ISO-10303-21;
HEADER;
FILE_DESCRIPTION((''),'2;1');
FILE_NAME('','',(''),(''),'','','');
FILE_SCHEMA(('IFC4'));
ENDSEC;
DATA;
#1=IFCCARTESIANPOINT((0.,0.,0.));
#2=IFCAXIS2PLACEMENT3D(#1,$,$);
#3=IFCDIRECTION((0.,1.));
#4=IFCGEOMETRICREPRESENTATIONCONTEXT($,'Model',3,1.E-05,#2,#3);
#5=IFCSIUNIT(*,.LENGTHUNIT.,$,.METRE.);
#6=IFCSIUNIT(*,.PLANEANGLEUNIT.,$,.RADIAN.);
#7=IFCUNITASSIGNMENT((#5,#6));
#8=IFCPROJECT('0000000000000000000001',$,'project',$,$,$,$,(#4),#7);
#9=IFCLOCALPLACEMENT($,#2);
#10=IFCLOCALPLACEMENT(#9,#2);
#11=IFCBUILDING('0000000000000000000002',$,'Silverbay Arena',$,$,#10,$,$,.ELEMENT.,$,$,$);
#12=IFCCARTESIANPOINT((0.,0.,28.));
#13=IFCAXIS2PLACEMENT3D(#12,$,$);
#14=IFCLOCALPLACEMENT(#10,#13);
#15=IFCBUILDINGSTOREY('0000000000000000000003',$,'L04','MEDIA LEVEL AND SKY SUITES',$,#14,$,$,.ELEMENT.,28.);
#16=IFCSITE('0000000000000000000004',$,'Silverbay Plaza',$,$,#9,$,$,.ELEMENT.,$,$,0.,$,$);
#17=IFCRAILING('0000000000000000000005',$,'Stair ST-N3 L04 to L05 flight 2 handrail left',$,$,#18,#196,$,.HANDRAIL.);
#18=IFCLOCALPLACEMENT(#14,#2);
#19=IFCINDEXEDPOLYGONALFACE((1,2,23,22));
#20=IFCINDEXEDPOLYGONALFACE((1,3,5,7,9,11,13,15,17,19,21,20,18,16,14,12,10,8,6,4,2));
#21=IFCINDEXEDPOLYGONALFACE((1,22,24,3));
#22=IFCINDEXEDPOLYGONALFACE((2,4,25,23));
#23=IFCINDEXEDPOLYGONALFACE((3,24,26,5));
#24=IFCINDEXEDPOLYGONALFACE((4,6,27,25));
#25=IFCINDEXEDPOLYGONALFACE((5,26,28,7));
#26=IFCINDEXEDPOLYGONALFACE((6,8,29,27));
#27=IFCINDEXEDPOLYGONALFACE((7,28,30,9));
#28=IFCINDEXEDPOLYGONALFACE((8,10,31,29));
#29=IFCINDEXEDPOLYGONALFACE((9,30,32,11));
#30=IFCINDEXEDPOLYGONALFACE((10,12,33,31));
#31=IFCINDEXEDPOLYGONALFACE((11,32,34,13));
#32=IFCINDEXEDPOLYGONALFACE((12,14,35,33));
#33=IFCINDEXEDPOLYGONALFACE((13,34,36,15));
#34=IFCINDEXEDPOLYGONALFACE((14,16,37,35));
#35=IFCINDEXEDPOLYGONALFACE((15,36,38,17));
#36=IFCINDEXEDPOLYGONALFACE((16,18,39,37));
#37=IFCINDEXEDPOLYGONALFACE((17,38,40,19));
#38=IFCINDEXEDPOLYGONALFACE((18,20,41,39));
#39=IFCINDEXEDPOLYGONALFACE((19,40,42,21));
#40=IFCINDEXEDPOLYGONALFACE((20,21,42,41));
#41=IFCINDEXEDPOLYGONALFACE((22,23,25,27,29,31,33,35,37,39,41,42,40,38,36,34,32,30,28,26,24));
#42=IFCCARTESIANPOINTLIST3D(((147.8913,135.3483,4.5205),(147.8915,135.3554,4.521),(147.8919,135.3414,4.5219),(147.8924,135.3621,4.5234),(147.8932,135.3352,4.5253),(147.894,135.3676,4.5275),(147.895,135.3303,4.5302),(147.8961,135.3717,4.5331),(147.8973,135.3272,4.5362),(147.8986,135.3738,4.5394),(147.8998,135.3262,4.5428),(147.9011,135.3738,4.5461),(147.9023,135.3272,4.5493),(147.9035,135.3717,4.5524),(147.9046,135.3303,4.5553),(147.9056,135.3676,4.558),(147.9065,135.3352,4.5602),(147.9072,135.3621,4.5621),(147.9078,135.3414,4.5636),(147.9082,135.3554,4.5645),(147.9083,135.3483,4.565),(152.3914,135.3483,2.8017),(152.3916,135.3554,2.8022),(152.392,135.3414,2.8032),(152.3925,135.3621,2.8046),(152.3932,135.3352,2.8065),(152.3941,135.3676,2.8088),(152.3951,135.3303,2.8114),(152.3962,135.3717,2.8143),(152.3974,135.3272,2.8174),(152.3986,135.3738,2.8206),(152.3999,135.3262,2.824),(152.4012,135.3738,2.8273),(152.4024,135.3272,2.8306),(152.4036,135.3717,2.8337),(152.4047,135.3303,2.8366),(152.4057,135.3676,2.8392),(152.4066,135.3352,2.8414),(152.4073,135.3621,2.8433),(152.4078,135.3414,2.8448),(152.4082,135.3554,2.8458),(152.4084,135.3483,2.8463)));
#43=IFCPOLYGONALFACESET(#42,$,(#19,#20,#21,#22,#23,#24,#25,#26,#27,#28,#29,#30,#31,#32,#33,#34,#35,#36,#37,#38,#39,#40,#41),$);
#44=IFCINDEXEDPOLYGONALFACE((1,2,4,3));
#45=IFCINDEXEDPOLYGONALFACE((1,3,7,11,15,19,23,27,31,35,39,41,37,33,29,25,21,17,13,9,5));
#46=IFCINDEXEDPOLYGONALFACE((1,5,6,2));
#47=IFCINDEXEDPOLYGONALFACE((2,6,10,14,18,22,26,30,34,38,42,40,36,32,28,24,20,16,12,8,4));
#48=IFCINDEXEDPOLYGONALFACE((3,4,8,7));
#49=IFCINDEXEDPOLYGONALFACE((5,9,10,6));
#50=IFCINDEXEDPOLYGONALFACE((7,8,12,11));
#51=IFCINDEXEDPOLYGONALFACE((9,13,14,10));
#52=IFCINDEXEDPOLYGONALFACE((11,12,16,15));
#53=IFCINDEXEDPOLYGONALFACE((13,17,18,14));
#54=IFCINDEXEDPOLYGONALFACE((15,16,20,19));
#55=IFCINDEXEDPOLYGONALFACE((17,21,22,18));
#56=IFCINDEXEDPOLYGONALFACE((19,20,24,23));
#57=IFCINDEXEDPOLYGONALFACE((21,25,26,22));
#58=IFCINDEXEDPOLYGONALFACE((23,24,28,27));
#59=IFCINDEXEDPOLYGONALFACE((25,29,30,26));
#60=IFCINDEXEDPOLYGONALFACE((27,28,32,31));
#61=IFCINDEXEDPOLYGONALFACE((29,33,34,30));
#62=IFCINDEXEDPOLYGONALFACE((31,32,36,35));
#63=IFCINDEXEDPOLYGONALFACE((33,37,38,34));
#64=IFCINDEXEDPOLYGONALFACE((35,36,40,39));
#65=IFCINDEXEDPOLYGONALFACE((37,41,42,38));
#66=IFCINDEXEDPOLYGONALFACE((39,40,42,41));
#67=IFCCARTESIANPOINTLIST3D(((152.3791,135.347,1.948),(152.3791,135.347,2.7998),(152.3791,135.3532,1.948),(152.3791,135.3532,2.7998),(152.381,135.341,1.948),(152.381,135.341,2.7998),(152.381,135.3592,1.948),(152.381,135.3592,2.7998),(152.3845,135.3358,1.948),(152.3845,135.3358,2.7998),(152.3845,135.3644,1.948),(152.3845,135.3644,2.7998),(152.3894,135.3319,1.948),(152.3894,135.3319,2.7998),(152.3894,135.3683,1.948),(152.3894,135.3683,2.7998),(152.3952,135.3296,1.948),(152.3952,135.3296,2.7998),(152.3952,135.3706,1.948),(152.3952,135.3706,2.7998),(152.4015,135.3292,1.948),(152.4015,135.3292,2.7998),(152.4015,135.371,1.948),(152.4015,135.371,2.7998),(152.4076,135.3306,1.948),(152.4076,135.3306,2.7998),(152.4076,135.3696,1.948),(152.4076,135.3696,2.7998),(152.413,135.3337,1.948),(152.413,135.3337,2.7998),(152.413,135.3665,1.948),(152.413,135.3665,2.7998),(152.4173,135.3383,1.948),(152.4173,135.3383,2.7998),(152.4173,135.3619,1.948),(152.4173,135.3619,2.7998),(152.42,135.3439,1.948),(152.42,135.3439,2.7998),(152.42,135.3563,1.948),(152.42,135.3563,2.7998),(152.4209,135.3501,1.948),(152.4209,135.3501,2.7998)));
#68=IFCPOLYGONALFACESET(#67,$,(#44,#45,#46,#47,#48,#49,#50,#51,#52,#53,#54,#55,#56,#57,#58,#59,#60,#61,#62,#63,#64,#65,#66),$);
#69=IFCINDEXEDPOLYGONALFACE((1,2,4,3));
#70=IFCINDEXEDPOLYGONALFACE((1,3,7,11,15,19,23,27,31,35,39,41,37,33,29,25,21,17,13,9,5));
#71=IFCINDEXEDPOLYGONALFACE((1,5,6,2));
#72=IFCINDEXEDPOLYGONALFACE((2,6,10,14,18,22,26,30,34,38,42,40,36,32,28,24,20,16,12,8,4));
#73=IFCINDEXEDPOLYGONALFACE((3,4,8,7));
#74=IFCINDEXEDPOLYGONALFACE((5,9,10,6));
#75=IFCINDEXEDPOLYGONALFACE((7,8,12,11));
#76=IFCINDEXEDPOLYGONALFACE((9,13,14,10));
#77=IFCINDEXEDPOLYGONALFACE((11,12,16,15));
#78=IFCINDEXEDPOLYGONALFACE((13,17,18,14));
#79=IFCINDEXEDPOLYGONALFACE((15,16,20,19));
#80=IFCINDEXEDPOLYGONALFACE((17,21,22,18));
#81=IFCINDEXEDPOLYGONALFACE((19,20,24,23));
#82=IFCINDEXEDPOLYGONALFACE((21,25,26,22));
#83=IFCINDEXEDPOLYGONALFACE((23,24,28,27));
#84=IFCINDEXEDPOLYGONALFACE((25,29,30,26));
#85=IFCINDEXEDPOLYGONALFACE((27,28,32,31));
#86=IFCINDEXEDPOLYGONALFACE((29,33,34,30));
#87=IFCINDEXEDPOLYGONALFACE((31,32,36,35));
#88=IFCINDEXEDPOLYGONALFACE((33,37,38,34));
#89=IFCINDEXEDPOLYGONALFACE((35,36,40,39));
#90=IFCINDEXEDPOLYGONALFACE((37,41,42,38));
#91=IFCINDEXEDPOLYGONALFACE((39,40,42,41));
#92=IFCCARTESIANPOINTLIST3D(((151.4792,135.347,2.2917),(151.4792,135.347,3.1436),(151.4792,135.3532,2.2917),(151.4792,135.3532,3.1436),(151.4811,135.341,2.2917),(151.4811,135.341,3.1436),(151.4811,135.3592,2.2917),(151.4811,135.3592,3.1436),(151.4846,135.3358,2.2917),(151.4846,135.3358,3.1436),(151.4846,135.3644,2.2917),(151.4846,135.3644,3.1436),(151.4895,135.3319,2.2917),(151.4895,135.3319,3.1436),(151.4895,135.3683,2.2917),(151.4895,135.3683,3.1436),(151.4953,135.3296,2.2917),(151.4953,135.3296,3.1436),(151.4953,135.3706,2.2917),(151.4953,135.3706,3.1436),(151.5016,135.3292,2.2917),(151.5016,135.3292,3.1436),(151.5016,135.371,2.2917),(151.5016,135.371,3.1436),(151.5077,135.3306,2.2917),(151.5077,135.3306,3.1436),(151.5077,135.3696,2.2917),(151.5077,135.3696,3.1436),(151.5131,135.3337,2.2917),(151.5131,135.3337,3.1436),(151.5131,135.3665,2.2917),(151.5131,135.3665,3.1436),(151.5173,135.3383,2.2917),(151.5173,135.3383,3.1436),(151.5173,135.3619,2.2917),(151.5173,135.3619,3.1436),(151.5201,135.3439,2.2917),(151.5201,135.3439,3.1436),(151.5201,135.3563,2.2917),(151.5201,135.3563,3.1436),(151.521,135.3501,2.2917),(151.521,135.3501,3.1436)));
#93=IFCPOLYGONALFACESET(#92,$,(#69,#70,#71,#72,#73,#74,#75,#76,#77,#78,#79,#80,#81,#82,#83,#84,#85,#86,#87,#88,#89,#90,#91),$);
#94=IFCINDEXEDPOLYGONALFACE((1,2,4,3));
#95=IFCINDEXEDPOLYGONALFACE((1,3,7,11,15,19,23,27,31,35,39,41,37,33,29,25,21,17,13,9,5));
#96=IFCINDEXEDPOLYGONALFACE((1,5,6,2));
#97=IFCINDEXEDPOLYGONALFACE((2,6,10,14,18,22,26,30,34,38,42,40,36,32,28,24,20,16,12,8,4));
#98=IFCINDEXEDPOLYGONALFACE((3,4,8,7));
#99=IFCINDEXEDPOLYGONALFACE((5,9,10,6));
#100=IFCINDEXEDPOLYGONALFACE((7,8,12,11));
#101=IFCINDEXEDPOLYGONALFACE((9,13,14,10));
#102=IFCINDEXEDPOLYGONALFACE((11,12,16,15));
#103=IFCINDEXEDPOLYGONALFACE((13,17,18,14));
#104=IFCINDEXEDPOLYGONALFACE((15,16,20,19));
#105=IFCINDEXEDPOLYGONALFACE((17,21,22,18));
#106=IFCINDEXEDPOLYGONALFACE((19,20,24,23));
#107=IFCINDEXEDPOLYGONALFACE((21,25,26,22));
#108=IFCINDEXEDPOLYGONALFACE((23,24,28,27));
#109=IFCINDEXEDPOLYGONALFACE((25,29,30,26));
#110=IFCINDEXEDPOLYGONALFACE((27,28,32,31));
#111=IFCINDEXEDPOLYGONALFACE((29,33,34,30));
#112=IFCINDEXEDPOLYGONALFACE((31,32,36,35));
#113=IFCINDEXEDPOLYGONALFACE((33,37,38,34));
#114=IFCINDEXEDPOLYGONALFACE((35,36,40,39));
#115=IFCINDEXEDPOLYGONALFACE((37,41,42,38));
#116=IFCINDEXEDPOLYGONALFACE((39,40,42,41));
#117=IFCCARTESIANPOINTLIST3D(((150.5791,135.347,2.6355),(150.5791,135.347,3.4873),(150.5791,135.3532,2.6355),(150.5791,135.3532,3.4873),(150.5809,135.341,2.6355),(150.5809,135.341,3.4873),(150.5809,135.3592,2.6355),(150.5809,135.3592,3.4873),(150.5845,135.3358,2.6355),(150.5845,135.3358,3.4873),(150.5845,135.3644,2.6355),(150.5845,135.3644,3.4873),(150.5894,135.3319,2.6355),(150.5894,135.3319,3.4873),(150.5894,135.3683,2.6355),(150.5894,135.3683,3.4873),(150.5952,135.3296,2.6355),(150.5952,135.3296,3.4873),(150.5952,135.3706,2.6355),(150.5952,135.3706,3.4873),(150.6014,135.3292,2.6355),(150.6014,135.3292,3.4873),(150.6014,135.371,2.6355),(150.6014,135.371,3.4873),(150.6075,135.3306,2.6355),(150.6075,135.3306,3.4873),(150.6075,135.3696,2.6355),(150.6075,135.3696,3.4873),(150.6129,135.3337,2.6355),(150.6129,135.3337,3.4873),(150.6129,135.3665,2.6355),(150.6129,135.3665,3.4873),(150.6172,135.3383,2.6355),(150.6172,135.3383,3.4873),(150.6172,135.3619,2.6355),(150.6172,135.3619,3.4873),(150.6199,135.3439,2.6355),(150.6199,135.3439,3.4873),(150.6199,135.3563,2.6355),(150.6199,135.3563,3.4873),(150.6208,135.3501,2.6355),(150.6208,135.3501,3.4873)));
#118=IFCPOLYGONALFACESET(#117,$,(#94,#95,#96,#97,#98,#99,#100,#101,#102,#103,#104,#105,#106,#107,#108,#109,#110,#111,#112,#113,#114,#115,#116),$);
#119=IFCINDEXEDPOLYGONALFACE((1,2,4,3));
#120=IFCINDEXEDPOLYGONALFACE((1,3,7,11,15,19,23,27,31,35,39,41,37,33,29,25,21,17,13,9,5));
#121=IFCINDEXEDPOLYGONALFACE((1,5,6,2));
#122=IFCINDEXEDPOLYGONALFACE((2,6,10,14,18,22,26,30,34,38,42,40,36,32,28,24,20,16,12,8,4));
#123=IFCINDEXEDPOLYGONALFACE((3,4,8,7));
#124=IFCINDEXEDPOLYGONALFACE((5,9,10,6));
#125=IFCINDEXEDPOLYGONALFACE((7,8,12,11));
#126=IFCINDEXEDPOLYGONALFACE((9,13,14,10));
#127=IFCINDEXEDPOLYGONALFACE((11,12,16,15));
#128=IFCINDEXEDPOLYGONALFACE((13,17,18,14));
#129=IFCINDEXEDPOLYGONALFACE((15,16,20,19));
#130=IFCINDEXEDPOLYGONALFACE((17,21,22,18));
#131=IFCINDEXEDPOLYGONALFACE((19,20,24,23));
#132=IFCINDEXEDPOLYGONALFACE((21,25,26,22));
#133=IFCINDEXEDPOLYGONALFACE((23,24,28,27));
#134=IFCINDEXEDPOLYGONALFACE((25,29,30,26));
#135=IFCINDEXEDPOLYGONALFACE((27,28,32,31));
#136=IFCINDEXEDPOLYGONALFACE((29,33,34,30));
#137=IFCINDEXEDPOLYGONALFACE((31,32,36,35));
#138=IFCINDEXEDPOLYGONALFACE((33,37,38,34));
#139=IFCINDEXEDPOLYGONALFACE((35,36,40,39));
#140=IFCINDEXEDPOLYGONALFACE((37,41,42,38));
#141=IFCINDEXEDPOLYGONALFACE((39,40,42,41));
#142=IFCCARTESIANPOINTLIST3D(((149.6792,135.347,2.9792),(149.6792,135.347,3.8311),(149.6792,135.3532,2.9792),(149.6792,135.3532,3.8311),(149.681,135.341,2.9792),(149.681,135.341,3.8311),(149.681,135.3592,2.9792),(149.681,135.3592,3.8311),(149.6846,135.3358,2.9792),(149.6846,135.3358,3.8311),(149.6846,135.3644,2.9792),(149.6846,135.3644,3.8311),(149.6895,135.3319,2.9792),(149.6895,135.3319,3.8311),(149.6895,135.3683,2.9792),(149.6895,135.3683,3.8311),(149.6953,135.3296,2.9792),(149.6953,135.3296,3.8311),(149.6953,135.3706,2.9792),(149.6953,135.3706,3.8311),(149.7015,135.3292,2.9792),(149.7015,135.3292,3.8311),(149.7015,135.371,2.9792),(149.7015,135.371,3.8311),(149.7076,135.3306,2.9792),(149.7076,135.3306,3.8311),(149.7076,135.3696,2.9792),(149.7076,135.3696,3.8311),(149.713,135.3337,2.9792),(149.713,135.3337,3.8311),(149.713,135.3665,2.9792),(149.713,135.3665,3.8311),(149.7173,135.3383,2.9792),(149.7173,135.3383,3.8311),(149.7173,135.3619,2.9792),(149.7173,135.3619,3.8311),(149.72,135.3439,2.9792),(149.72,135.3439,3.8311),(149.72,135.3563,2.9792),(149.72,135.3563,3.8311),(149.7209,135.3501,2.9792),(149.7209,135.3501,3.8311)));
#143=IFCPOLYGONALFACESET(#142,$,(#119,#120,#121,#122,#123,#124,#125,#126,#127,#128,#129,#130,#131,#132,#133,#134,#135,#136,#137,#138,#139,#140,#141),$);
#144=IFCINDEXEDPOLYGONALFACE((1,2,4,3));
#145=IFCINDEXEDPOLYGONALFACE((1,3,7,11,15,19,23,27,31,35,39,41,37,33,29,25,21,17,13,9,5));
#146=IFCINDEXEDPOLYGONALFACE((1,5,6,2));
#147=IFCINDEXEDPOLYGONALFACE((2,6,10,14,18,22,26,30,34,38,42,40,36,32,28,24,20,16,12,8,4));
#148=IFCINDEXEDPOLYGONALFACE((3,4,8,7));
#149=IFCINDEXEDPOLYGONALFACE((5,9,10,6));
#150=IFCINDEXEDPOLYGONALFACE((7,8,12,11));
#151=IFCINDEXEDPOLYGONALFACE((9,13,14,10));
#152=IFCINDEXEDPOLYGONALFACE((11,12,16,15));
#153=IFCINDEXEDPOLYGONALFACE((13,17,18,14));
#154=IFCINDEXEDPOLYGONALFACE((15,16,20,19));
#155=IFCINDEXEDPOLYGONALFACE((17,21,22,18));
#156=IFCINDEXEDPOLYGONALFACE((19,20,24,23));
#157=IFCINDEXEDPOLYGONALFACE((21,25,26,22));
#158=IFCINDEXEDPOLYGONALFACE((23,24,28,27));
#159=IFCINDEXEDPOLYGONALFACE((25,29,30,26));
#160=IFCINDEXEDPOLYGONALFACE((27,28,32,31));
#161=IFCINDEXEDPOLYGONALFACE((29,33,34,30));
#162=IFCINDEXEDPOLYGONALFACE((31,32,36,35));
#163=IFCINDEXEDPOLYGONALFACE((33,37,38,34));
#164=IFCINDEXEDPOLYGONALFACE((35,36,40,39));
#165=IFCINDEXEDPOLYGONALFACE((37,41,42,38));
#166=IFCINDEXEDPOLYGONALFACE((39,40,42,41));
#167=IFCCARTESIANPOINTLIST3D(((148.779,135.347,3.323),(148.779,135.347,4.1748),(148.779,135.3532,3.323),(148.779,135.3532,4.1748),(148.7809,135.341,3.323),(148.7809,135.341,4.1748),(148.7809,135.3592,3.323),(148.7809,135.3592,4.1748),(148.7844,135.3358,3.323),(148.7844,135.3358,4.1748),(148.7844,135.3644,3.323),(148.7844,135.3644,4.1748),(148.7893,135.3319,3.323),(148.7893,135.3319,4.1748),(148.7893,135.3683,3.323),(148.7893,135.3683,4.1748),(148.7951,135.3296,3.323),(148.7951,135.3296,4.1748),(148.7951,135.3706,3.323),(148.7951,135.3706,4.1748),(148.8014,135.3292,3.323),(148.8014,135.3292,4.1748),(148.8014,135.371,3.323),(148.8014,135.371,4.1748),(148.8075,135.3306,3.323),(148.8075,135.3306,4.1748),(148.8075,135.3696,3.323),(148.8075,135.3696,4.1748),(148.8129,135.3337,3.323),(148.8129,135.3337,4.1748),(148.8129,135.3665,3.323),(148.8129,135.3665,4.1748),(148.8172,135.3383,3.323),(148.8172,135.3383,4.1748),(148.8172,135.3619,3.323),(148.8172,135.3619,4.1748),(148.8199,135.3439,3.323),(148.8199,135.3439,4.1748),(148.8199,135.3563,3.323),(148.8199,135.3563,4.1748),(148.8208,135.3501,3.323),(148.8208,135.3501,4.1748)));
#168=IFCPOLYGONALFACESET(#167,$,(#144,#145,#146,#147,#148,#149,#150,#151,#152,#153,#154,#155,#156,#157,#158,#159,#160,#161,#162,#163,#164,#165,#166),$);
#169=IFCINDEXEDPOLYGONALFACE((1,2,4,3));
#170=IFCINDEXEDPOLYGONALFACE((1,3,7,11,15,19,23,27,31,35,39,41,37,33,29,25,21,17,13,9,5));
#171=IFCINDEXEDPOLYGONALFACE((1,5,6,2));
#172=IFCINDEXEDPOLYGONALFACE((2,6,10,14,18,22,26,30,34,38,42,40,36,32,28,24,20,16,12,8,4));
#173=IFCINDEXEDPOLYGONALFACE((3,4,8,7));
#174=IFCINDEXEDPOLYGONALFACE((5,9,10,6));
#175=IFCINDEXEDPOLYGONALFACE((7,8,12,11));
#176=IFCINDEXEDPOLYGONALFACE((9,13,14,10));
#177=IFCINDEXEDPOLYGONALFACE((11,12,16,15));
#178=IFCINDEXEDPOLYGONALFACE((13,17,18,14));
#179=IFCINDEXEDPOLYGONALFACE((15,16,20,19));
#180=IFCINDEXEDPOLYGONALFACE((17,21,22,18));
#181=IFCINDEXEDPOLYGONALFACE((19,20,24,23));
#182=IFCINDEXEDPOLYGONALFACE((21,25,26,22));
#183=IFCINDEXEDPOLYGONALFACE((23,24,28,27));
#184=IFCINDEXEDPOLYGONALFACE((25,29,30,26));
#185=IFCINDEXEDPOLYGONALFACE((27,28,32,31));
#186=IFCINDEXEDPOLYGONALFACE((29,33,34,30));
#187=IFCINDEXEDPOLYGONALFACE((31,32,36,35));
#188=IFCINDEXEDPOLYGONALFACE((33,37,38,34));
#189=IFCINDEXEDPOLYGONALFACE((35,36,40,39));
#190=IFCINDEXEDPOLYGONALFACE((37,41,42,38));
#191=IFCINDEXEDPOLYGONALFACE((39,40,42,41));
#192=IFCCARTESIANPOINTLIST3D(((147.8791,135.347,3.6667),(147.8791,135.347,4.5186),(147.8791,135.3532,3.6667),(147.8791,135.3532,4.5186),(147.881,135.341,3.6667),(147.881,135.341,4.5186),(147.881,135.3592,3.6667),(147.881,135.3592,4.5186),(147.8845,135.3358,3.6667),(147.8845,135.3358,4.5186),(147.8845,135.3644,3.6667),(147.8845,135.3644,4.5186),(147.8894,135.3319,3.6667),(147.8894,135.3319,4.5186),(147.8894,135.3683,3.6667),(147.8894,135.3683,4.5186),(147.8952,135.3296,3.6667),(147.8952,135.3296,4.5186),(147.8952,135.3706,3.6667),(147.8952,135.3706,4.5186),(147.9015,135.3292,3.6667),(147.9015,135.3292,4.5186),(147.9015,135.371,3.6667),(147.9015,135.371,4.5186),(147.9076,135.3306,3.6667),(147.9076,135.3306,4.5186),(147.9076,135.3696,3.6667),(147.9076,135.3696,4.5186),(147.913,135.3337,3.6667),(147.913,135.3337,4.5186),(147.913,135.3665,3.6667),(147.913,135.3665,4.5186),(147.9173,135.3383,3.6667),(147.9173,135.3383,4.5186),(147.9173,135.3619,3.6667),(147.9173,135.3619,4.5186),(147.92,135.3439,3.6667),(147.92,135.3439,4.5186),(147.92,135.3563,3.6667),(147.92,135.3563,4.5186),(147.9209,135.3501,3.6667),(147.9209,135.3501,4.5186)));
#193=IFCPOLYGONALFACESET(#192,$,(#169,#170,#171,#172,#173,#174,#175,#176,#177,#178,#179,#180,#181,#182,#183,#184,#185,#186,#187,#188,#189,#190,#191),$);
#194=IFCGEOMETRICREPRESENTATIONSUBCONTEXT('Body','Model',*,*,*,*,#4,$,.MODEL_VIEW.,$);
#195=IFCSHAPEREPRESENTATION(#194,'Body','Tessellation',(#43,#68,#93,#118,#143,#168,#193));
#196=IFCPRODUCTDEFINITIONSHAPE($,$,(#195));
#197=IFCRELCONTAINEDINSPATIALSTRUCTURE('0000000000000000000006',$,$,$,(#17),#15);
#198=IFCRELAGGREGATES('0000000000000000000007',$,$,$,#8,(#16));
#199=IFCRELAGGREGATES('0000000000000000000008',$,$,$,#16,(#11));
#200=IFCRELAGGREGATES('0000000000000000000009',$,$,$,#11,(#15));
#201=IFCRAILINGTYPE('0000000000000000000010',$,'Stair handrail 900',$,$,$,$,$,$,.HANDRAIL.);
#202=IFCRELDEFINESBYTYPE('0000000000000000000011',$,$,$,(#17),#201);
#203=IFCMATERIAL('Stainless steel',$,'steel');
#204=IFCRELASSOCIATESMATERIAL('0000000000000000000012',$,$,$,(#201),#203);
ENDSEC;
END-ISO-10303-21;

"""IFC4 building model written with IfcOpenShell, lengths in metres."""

from ifc_helpers import new_model, si_unit, direction, frame, origin, origin_2d, place, context, subcontext, project, spatial, circle, extrude, material, type_object, element, save


model = new_model("IFC4")

# Units and contexts
model_context = context("Model", 3, precision=1e-05, world=origin(), true_north=direction((0.0, 1.0)))
body_context = subcontext(model_context, "Body", "Model", "MODEL_VIEW")
ifc_project = project(units=[si_unit("LENGTHUNIT", "METRE"), si_unit("PLANEANGLEUNIT", "RADIAN")], contexts=[model_context])

# Site, building, storey
site_placement = place(None, origin())
site = spatial("IfcSite", under=ifc_project, at=site_placement, Name="Silverbay Plaza", CompositionType="ELEMENT", RefElevation=0.0)
building_placement = place(site_placement, origin())
building = spatial("IfcBuilding", under=site, at=building_placement, Name="Silverbay Arena", CompositionType="ELEMENT")
storey_placement = place(building_placement, frame((0.0, 0.0, 28.0)))
storey = spatial("IfcBuildingStorey", under=building, at=storey_placement, Name="L04", Description="MEDIA LEVEL AND SKY SUITES", CompositionType="ELEMENT", Elevation=28.0)

# Railing
ifc_material_1 = material(Name="Stainless steel", Category="steel")
railing_type_1 = type_object("IfcRailingType", Name="Stair handrail 900", PredefinedType="HANDRAIL", material=ifc_material_1)
for number, where, name in (
    (1, (152.3999, 135.3501, 1.948), "Stair ST-N3 L04 to L05 flight 2 handrail left"),
):
    element("IfcRailing", number, at=place(storey_placement, frame(where)), inside=storey, type_object=railing_type_1, Name=name, PredefinedType="HANDRAIL", context=body_context, shape_type="SweptSolid", body=[
        extrude(circle(Radius=0.0239, at=origin_2d()), frame((0.0, 0.0, 0.876), z_axis=(-0.934179, 0.0, 0.356805), x_axis=(0.0, -1.0, 0.0)), (0.0, 0.0, 1.0), 4.8171),
        extrude(circle(Radius=0.021, at=origin_2d()), origin(), (0.0, 0.0, 1.0), 0.8518),
        extrude(circle(Radius=0.021, at=origin_2d()), frame((-0.8999, 0.0, 0.3438)), (0.0, 0.0, 1.0), 0.8518),
        extrude(circle(Radius=0.021, at=origin_2d()), frame((-1.8, 0.0, 0.6875)), (0.0, 0.0, 1.0), 0.8518),
        extrude(circle(Radius=0.021, at=origin_2d()), frame((-2.7, 0.0, 1.0312)), (0.0, 0.0, 1.0), 0.8518),
        extrude(circle(Radius=0.021, at=origin_2d()), frame((-3.6001, 0.0, 1.375)), (0.0, 0.0, 1.0), 0.8518),
        extrude(circle(Radius=0.021, at=origin_2d()), frame((-4.5, 0.0, 1.7188)), (0.0, 0.0, 1.0), 0.8518),
    ])

save(model, "model.ifc")
